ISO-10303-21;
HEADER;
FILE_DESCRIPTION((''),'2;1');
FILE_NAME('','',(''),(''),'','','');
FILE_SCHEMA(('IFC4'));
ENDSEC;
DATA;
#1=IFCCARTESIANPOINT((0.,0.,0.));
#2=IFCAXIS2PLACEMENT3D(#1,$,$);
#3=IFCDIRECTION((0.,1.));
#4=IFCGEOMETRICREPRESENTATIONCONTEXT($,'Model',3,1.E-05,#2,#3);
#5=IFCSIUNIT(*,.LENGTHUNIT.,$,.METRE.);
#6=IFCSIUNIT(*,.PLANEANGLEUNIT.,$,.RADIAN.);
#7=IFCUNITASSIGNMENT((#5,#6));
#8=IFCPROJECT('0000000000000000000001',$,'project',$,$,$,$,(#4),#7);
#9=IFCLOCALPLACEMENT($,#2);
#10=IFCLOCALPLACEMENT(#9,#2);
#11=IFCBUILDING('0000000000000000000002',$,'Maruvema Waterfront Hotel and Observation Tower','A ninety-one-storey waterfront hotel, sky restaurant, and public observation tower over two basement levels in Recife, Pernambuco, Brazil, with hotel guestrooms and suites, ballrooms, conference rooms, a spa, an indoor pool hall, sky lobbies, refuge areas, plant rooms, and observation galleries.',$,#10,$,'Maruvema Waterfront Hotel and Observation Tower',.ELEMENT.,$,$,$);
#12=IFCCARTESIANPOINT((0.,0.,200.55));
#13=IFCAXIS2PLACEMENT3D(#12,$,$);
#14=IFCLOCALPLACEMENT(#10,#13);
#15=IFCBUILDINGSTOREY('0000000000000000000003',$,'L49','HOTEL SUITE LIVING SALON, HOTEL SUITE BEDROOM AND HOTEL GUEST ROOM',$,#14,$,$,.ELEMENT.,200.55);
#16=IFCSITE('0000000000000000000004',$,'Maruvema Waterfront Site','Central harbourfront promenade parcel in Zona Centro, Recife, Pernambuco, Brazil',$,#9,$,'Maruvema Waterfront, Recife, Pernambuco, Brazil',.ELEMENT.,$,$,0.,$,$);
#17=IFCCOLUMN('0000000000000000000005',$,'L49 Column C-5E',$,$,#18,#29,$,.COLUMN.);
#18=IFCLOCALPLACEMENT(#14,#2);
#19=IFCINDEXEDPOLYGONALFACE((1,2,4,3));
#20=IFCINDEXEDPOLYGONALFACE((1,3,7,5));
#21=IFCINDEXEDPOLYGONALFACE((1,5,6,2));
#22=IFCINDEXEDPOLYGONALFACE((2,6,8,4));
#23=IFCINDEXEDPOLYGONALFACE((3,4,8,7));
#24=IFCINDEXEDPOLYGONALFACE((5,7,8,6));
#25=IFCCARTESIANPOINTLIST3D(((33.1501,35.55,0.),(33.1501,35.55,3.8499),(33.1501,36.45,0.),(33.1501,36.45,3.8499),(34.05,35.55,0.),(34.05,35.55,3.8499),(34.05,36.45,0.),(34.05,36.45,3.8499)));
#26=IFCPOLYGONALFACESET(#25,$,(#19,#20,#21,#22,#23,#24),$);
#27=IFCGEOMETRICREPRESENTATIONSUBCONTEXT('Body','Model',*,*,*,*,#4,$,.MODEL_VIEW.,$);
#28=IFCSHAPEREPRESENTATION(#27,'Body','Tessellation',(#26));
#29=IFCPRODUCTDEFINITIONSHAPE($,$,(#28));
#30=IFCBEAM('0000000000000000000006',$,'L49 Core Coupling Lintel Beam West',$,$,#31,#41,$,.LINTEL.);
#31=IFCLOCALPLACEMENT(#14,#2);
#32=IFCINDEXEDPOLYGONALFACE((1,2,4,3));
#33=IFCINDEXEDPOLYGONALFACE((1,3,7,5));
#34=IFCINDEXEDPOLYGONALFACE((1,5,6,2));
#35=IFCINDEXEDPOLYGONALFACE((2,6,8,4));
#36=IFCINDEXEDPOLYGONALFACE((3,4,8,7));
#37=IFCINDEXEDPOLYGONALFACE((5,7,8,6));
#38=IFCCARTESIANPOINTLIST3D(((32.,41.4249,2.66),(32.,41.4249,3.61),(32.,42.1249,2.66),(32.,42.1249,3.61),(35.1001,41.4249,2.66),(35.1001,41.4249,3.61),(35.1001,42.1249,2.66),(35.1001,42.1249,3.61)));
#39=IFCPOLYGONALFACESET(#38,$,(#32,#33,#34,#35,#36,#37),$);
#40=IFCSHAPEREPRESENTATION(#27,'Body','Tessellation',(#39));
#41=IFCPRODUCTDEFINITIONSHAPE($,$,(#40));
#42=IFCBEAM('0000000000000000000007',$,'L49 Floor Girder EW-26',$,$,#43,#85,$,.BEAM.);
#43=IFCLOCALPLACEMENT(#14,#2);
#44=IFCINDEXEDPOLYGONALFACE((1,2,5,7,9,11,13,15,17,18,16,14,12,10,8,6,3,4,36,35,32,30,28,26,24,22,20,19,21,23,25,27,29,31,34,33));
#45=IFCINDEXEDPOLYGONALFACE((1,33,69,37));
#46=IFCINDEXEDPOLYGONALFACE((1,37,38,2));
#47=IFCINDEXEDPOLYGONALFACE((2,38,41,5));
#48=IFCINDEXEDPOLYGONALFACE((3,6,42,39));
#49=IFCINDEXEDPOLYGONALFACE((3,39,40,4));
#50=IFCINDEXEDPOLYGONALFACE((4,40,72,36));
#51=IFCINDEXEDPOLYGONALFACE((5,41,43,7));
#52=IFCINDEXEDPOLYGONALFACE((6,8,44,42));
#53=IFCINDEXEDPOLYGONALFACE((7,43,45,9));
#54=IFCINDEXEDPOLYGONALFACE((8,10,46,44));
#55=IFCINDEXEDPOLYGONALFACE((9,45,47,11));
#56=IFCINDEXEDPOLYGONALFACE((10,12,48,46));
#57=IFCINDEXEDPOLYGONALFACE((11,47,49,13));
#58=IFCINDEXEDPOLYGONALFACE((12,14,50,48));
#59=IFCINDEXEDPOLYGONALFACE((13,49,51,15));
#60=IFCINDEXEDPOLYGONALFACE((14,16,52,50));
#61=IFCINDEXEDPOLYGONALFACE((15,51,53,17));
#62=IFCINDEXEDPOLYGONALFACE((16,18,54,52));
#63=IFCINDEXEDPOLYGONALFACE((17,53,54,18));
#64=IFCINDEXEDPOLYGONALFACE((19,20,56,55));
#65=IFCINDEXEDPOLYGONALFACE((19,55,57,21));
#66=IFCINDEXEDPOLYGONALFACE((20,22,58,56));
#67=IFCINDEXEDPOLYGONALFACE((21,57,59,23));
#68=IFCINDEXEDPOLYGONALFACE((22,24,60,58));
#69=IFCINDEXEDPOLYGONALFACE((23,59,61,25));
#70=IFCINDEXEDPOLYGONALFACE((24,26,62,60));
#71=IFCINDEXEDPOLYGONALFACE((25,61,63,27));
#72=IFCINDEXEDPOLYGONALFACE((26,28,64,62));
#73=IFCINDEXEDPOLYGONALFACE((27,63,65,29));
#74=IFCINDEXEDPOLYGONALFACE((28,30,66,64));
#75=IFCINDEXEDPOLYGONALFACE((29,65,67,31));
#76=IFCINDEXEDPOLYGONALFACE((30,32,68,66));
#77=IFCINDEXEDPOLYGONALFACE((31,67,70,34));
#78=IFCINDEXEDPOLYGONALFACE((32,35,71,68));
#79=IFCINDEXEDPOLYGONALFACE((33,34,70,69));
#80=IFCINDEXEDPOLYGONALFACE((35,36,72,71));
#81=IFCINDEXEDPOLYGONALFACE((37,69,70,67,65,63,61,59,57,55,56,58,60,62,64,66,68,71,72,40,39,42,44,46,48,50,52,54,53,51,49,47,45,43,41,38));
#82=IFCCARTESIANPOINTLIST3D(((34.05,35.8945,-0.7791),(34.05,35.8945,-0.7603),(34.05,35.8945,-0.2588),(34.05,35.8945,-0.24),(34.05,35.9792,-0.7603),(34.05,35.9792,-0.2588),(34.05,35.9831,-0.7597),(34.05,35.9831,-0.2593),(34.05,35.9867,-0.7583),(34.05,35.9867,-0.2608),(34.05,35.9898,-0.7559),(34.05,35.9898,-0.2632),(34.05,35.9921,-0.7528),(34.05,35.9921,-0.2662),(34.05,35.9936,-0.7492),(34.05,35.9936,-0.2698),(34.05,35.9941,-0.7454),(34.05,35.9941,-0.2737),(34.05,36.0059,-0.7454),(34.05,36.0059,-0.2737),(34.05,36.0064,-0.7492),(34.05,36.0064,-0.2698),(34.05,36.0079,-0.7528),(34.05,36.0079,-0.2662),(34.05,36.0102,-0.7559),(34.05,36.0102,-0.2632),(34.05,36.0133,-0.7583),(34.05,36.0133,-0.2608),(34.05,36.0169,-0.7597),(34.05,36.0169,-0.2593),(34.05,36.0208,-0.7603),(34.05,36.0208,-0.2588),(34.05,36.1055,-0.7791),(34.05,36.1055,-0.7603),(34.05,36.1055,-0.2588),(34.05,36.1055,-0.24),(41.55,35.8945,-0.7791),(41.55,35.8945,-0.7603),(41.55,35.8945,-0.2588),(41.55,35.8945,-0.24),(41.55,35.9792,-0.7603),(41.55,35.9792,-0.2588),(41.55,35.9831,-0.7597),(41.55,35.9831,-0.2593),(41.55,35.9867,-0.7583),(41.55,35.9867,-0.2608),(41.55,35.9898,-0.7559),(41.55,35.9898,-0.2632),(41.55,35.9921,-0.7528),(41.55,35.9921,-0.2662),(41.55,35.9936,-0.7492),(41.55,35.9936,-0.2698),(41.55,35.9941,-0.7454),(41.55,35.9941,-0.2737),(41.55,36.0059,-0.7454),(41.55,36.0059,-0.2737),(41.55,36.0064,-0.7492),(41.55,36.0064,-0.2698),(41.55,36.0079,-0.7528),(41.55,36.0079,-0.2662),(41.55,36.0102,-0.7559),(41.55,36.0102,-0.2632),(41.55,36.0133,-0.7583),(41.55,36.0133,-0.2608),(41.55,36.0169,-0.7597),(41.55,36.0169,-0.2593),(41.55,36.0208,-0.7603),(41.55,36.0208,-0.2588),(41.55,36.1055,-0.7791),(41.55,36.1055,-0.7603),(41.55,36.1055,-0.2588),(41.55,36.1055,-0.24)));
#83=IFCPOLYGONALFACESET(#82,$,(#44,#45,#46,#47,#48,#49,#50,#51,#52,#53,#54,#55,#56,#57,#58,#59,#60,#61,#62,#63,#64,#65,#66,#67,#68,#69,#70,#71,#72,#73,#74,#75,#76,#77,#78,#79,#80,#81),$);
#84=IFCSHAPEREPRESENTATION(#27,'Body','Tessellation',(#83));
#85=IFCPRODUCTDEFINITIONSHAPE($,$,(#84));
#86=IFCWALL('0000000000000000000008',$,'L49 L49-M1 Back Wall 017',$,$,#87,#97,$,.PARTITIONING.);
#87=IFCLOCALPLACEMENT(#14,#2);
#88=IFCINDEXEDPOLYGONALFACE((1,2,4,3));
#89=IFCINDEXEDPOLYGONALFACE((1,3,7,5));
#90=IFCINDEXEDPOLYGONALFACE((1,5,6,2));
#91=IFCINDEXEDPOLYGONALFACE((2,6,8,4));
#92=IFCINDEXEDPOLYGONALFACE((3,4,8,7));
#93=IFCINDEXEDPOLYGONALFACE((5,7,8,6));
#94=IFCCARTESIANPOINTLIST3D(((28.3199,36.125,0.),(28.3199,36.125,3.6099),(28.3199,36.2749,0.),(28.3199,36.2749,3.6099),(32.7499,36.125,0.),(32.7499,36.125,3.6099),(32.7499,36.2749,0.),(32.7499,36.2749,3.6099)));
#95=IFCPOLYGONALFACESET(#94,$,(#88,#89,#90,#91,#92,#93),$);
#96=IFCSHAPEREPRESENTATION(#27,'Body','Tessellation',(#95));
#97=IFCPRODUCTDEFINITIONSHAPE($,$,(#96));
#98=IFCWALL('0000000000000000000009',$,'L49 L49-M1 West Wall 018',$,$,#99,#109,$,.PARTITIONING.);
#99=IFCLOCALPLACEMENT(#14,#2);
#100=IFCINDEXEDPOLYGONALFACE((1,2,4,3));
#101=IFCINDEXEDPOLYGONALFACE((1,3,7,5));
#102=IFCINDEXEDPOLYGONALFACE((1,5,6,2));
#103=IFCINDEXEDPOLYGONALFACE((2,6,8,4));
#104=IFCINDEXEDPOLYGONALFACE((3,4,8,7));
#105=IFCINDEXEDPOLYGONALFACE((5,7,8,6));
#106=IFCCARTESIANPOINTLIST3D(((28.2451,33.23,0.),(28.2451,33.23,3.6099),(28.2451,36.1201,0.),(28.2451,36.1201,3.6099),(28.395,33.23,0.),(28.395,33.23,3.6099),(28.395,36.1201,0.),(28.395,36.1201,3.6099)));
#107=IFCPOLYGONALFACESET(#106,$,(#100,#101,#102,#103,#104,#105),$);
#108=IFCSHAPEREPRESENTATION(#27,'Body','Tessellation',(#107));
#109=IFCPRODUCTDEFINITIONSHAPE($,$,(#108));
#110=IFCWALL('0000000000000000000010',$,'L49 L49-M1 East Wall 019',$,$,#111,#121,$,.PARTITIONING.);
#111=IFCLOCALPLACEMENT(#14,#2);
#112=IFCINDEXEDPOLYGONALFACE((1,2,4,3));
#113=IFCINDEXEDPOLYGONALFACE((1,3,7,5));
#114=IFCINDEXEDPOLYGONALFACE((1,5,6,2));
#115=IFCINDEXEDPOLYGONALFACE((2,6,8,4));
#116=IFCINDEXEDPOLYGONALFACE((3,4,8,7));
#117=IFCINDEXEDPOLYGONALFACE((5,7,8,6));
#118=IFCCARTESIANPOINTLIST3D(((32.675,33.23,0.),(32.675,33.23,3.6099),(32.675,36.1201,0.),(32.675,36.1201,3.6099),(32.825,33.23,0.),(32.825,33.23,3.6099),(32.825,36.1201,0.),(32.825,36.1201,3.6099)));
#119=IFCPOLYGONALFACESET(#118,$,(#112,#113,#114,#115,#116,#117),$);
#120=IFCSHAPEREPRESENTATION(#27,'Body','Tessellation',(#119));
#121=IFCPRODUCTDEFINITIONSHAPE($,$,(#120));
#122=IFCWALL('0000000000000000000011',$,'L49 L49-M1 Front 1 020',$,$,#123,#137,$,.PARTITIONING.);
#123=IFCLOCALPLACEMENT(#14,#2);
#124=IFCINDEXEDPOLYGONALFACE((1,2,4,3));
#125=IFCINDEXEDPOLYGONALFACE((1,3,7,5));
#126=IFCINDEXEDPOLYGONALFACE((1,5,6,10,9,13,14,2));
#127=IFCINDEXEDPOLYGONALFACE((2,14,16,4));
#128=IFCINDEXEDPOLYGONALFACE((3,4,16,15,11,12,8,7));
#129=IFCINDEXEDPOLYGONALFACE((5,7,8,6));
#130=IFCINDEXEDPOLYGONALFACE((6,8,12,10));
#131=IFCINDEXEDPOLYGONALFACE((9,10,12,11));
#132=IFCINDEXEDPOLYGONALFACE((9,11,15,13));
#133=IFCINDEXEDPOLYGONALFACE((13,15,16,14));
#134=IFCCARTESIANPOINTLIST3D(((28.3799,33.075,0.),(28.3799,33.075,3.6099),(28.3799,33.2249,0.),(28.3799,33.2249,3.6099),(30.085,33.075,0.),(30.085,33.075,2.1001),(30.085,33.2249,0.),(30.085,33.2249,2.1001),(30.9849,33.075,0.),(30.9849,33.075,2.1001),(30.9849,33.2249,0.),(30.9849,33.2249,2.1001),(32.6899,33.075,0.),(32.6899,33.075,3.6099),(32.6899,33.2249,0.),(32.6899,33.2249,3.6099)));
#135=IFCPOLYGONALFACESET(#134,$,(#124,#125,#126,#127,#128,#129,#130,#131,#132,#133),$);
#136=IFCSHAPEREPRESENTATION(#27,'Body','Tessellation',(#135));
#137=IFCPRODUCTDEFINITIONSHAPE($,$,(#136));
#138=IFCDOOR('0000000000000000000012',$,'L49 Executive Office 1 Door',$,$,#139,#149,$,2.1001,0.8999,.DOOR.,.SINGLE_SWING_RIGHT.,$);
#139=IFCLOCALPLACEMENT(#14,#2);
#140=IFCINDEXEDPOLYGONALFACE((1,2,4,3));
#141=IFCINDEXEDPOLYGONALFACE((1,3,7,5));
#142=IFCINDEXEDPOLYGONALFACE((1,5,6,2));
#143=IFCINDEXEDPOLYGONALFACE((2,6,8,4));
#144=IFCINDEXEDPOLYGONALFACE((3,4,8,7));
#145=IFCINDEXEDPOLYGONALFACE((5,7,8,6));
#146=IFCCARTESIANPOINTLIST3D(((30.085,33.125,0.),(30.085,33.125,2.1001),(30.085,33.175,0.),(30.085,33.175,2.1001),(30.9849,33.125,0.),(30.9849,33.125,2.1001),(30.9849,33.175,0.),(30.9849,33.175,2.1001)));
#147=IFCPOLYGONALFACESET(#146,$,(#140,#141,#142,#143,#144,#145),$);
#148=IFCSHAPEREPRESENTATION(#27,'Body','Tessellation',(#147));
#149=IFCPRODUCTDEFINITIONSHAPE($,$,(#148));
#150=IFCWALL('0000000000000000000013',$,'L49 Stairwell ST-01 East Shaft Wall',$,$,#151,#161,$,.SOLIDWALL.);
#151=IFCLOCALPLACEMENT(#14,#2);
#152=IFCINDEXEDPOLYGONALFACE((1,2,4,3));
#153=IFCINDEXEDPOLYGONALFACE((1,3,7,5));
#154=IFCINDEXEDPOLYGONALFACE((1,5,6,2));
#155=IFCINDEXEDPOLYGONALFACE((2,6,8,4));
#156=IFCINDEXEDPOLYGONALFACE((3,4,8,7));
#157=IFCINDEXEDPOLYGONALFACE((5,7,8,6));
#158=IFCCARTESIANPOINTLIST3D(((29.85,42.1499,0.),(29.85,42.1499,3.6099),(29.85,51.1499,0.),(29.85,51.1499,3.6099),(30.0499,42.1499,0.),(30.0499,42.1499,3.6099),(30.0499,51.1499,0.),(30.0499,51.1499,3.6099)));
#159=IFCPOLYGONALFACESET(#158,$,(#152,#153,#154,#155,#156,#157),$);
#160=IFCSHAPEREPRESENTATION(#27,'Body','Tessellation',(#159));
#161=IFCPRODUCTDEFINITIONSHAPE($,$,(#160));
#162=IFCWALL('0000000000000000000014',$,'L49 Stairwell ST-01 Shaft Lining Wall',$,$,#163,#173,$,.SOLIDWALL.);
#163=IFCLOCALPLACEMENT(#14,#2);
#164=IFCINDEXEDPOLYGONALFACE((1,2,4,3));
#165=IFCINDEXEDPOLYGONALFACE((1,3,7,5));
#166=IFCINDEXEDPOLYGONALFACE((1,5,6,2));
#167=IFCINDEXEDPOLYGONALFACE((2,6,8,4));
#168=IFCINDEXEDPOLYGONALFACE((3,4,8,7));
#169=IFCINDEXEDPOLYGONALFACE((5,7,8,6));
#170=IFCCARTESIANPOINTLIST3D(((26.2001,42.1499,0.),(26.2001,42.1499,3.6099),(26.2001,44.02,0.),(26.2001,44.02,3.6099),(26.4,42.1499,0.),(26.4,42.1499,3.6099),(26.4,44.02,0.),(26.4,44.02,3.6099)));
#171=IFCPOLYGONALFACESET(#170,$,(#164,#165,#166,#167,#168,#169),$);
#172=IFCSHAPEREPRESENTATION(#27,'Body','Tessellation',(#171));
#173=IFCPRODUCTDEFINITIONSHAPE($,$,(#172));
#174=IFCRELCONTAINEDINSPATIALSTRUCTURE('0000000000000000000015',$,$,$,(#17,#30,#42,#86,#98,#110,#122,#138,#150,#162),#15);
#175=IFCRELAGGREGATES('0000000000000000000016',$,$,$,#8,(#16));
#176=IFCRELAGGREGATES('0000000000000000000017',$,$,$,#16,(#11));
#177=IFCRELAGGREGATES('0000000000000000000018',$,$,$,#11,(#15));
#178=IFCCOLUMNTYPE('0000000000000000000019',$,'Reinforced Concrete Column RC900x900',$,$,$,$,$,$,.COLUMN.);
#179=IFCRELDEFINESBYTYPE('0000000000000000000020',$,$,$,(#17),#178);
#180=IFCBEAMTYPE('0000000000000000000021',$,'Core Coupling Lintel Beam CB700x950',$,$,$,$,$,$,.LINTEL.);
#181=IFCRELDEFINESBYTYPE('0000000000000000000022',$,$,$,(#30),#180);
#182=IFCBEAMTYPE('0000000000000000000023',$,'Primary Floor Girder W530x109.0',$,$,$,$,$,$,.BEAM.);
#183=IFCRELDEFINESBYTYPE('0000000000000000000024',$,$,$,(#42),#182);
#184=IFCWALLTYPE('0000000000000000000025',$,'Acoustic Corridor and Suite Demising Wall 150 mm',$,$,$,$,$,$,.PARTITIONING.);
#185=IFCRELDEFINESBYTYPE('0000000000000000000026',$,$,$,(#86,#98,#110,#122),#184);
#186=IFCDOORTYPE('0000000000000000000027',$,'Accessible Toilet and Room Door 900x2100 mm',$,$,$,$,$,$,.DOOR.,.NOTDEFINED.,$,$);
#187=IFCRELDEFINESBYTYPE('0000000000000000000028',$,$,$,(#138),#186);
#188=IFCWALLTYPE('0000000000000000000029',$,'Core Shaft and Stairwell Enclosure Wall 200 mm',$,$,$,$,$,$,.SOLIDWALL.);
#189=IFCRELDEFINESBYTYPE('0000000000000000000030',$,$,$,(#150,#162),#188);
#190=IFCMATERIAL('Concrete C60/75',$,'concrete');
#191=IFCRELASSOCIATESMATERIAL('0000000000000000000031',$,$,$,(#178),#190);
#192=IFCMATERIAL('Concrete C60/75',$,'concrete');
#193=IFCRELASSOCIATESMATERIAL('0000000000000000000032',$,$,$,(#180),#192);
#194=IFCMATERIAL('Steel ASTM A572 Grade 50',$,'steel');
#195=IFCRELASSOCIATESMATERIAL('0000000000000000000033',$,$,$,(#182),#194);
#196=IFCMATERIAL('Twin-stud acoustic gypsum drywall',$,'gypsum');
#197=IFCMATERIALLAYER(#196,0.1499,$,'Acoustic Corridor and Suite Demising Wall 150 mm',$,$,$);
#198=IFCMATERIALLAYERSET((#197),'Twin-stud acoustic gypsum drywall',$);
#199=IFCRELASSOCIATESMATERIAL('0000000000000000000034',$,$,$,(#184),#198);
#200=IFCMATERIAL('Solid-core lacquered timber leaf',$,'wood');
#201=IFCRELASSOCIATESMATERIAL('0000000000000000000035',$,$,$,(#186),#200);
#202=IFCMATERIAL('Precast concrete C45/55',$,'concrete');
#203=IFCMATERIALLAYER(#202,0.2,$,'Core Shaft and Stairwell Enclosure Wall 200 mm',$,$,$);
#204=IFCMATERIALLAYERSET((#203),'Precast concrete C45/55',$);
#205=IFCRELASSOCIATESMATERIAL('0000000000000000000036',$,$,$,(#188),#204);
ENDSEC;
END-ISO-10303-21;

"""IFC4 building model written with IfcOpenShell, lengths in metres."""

from ifc_helpers import new_model, si_unit, direction, frame, frame_2d, origin, origin_2d, place, context, subcontext, project, spatial, rectangle, i_section, extrude, material, layer, layer_set, material_profile, profile_set, type_object, element, fill, save


model = new_model("IFC4")

# Units and contexts
model_context = context("Model", 3, precision=1e-05, world=origin(), true_north=direction((0.0, 1.0)))
body_context = subcontext(model_context, "Body", "Model", "MODEL_VIEW")
ifc_project = project(units=[si_unit("LENGTHUNIT", "METRE"), si_unit("PLANEANGLEUNIT", "RADIAN")], contexts=[model_context])

# Site, building, storey
site_placement = place(None, origin())
site = spatial("IfcSite", under=ifc_project, at=site_placement, Name="Maruvema Waterfront Site", Description="Central harbourfront promenade parcel in Zona Centro, Recife, Pernambuco, Brazil", LongName="Maruvema Waterfront, Recife, Pernambuco, Brazil", CompositionType="ELEMENT", RefElevation=0.0)
building_placement = place(site_placement, origin())
building = spatial("IfcBuilding", under=site, at=building_placement, Name="Maruvema Waterfront Hotel and Observation Tower", Description="A ninety-one-storey waterfront hotel, sky restaurant, and public observation tower over two basement levels in Recife, Pernambuco, Brazil, with hotel guestrooms and suites, ballrooms, conference rooms, a spa, an indoor pool hall, sky lobbies, refuge areas, plant rooms, and observation galleries.", LongName="Maruvema Waterfront Hotel and Observation Tower", CompositionType="ELEMENT")
storey_placement = place(building_placement, frame((0.0, 0.0, 200.55)))
storey = spatial("IfcBuildingStorey", under=building, at=storey_placement, Name="L49", Description="HOTEL SUITE LIVING SALON, HOTEL SUITE BEDROOM AND HOTEL GUEST ROOM", CompositionType="ELEMENT", Elevation=200.55)

# Column
ifc_material_1 = material(Name="Concrete C60/75", Category="concrete")
ifc_material_profile_1 = material_profile(ifc_material_1, rectangle(XDim=0.8999, YDim=0.8999, at=origin_2d()), Name="RC900x900")
ifc_profile_set_1 = profile_set([ifc_material_profile_1], Name="Concrete C60/75")
column_type = type_object("IfcColumnType", Name="Reinforced Concrete Column RC900x900", PredefinedType="COLUMN", material=ifc_profile_set_1)
column_placement = place(storey_placement, frame((33.6001, 36.0, 0.0), z_axis=(0.0, 0.0, 1.0), x_axis=(1.0, 0.0, 0.0)))
element("IfcColumn", 1, at=column_placement, inside=storey, type_object=column_type, Name="L49 Column C-5E", PredefinedType="COLUMN", context=body_context, shape_type="SweptSolid", body=[
    extrude(rectangle(XDim=0.8999, YDim=0.8999, at=origin_2d()), origin(), (0.0, 0.0, 1.0), 3.8499),
])

# Beams
ifc_material_2 = material(Name="Concrete C60/75", Category="concrete")
ifc_material_profile_2 = material_profile(ifc_material_2, rectangle(XDim=0.7, YDim=0.95, at=origin_2d()), Name="CB700x950")
ifc_profile_set_2 = profile_set([ifc_material_profile_2], Name="Concrete C60/75")
beam_type_1 = type_object("IfcBeamType", Name="Core Coupling Lintel Beam CB700x950", PredefinedType="LINTEL", material=ifc_profile_set_2)
beam_1_placement = place(storey_placement, frame((32.0, 41.7749, 3.135), z_axis=(1.0, 0.0, 0.0), x_axis=(0.0, 1.0, 0.0)))
element("IfcBeam", 2, at=beam_1_placement, inside=storey, type_object=beam_type_1, Name="L49 Core Coupling Lintel Beam West", PredefinedType="LINTEL", context=body_context, shape_type="SweptSolid", body=[
    extrude(rectangle(XDim=0.7, YDim=0.95, at=origin_2d()), origin(), (0.0, 0.0, 1.0), 3.1001),
])
ifc_material_3 = material(Name="Steel ASTM A572 Grade 50", Category="steel")
ifc_material_profile_3 = material_profile(ifc_material_3, i_section(OverallWidth=0.2109, OverallDepth=0.5391, WebThickness=0.0117, FlangeThickness=0.0188, FilletRadius=0.0149, at=origin_2d()), Name="W530x109.0")
ifc_profile_set_3 = profile_set([ifc_material_profile_3], Name="Steel ASTM A572 Grade 50")
beam_type_2 = type_object("IfcBeamType", Name="Primary Floor Girder W530x109.0", PredefinedType="BEAM", material=ifc_profile_set_3)
beam_2_placement = place(storey_placement, frame((34.05, 36.0, -0.5095), z_axis=(1.0, 0.0, 0.0), x_axis=(0.0, 1.0, 0.0)))
element("IfcBeam", 3, at=beam_2_placement, inside=storey, type_object=beam_type_2, Name="L49 Floor Girder EW-26", PredefinedType="BEAM", context=body_context, shape_type="SweptSolid", body=[
    extrude(i_section(OverallWidth=0.2109, OverallDepth=0.5391, WebThickness=0.0117, FlangeThickness=0.0188, FilletRadius=0.0149, at=origin_2d()), origin(), (0.0, 0.0, 1.0), 7.5),
])

# Walls
ifc_material_4 = material(Name="Twin-stud acoustic gypsum drywall", Category="gypsum")
ifc_layer_1 = layer(ifc_material_4, 0.1499, Name="Acoustic Corridor and Suite Demising Wall 150 mm")
ifc_layer_set_1 = layer_set([ifc_layer_1], Name="Twin-stud acoustic gypsum drywall")
wall_type_1 = type_object("IfcWallType", Name="Acoustic Corridor and Suite Demising Wall 150 mm", PredefinedType="PARTITIONING", material=ifc_layer_set_1)
wall_1_placement = place(storey_placement, frame((28.3201, 36.2, 0.0), z_axis=(0.0, 0.0, 1.0), x_axis=(1.0, 0.0, 0.0)))
element("IfcWall", 4, at=wall_1_placement, inside=storey, type_object=wall_type_1, Name="L49 L49-M1 Back Wall 017", PredefinedType="PARTITIONING", context=body_context, shape_type="SweptSolid", body=[
    extrude(rectangle(XDim=4.4299, YDim=0.1499, at=frame_2d((2.2148, 0.0))), origin(), (0.0, 0.0, 1.0), 3.6099),
])
for number, where, z_axis, x_axis, name in (
    (5, (28.3201, 33.23, 0.0), (0.0, 0.0, 1.0), (0.0, 1.0, 0.0), "L49 L49-M1 West Wall 018"),
    (6, (32.75, 33.23, 0.0), (0.0, 0.0, 1.0), (0.0, 1.0, 0.0), "L49 L49-M1 East Wall 019"),
):
    element("IfcWall", number, at=place(storey_placement, frame(where, z_axis=z_axis, x_axis=x_axis)), inside=storey, type_object=wall_type_1, Name=name, PredefinedType="PARTITIONING", context=body_context, shape_type="SweptSolid", body=[
        extrude(rectangle(XDim=2.8901, YDim=0.1499, at=frame_2d((1.4451, 0.0))), origin(), (0.0, 0.0, 1.0), 3.6099),
    ])

# Wall, opening, door
wall_2_placement = place(storey_placement, frame((28.3799, 33.1499, 0.0), z_axis=(0.0, 0.0, 1.0), x_axis=(1.0, 0.0, 0.0)))
wall_2 = element("IfcWall", 7, at=wall_2_placement, inside=storey, type_object=wall_type_1, Name="L49 L49-M1 Front 1 020", PredefinedType="PARTITIONING", context=body_context, shape_type="SweptSolid", body=[
    extrude(rectangle(XDim=4.3101, YDim=0.1499, at=frame_2d((2.155, 0.0))), origin(), (0.0, 0.0, 1.0), 3.6099),
])
opening_1_placement = place(wall_2_placement, frame((1.7051, 0.0, 0.0)))
opening_1 = element("IfcOpeningElement", 8, at=opening_1_placement, cuts=wall_2, PredefinedType="OPENING", context=body_context, shape_type="SweptSolid", body=[
    extrude(rectangle(XDim=0.8999, YDim=2.1001, at=frame_2d((0.45, 1.05))), frame((0.0, 0.085, 0.0), z_axis=(0.0, -1.0, 0.0), x_axis=(1.0, 0.0, 0.0)), (0.0, 0.0, 1.0), 0.1699),
])
ifc_material_5 = material(Name="Solid-core lacquered timber leaf", Category="wood")
door_type_1 = type_object("IfcDoorType", Name="Accessible Toilet and Room Door 900x2100 mm", OperationType="NOTDEFINED", PredefinedType="DOOR", material=ifc_material_5)
door_1_placement = place(opening_1_placement, frame((0.8999, 0.0, 0.0), z_axis=(0.0, 0.0, 1.0), x_axis=(-1.0, 0.0, 0.0)))
door_1 = element("IfcDoor", 9, at=door_1_placement, inside=storey, type_object=door_type_1, Name="L49 Executive Office 1 Door", OperationType="SINGLE_SWING_RIGHT", OverallHeight=2.1001, OverallWidth=0.8999, PredefinedType="DOOR", context=body_context, shape_type="SweptSolid", body=[
    extrude(rectangle(XDim=0.8999, YDim=2.1001, at=frame_2d((0.45, 1.05))), frame((0.0, 0.0249, 0.0), z_axis=(0.0, -1.0, 0.0), x_axis=(1.0, 0.0, 0.0)), (0.0, 0.0, 1.0), 0.05),
])
fill(opening_1, door_1)

# Walls
ifc_material_6 = material(Name="Precast concrete C45/55", Category="concrete")
ifc_layer_2 = layer(ifc_material_6, 0.2, Name="Core Shaft and Stairwell Enclosure Wall 200 mm")
ifc_layer_set_2 = layer_set([ifc_layer_2], Name="Precast concrete C45/55")
wall_type_2 = type_object("IfcWallType", Name="Core Shaft and Stairwell Enclosure Wall 200 mm", PredefinedType="SOLIDWALL", material=ifc_layer_set_2)
wall_3_placement = place(storey_placement, frame((29.95, 42.1499, 0.0), z_axis=(0.0, 0.0, 1.0), x_axis=(0.0, 1.0, 0.0)))
element("IfcWall", 10, at=wall_3_placement, inside=storey, type_object=wall_type_2, Name="L49 Stairwell ST-01 East Shaft Wall", PredefinedType="SOLIDWALL", context=body_context, shape_type="SweptSolid", body=[
    extrude(rectangle(XDim=9.0, YDim=0.2, at=frame_2d((4.5, 0.0))), origin(), (0.0, 0.0, 1.0), 3.6099),
])
wall_4_placement = place(storey_placement, frame((26.3, 42.1499, 0.0), z_axis=(0.0, 0.0, 1.0), x_axis=(0.0, 1.0, 0.0)))
element("IfcWall", 11, at=wall_4_placement, inside=storey, type_object=wall_type_2, Name="L49 Stairwell ST-01 Shaft Lining Wall", PredefinedType="SOLIDWALL", context=body_context, shape_type="SweptSolid", body=[
    extrude(rectangle(XDim=1.8701, YDim=0.2, at=frame_2d((0.9351, 0.0))), origin(), (0.0, 0.0, 1.0), 3.6099),
])

save(model, "model.ifc")
